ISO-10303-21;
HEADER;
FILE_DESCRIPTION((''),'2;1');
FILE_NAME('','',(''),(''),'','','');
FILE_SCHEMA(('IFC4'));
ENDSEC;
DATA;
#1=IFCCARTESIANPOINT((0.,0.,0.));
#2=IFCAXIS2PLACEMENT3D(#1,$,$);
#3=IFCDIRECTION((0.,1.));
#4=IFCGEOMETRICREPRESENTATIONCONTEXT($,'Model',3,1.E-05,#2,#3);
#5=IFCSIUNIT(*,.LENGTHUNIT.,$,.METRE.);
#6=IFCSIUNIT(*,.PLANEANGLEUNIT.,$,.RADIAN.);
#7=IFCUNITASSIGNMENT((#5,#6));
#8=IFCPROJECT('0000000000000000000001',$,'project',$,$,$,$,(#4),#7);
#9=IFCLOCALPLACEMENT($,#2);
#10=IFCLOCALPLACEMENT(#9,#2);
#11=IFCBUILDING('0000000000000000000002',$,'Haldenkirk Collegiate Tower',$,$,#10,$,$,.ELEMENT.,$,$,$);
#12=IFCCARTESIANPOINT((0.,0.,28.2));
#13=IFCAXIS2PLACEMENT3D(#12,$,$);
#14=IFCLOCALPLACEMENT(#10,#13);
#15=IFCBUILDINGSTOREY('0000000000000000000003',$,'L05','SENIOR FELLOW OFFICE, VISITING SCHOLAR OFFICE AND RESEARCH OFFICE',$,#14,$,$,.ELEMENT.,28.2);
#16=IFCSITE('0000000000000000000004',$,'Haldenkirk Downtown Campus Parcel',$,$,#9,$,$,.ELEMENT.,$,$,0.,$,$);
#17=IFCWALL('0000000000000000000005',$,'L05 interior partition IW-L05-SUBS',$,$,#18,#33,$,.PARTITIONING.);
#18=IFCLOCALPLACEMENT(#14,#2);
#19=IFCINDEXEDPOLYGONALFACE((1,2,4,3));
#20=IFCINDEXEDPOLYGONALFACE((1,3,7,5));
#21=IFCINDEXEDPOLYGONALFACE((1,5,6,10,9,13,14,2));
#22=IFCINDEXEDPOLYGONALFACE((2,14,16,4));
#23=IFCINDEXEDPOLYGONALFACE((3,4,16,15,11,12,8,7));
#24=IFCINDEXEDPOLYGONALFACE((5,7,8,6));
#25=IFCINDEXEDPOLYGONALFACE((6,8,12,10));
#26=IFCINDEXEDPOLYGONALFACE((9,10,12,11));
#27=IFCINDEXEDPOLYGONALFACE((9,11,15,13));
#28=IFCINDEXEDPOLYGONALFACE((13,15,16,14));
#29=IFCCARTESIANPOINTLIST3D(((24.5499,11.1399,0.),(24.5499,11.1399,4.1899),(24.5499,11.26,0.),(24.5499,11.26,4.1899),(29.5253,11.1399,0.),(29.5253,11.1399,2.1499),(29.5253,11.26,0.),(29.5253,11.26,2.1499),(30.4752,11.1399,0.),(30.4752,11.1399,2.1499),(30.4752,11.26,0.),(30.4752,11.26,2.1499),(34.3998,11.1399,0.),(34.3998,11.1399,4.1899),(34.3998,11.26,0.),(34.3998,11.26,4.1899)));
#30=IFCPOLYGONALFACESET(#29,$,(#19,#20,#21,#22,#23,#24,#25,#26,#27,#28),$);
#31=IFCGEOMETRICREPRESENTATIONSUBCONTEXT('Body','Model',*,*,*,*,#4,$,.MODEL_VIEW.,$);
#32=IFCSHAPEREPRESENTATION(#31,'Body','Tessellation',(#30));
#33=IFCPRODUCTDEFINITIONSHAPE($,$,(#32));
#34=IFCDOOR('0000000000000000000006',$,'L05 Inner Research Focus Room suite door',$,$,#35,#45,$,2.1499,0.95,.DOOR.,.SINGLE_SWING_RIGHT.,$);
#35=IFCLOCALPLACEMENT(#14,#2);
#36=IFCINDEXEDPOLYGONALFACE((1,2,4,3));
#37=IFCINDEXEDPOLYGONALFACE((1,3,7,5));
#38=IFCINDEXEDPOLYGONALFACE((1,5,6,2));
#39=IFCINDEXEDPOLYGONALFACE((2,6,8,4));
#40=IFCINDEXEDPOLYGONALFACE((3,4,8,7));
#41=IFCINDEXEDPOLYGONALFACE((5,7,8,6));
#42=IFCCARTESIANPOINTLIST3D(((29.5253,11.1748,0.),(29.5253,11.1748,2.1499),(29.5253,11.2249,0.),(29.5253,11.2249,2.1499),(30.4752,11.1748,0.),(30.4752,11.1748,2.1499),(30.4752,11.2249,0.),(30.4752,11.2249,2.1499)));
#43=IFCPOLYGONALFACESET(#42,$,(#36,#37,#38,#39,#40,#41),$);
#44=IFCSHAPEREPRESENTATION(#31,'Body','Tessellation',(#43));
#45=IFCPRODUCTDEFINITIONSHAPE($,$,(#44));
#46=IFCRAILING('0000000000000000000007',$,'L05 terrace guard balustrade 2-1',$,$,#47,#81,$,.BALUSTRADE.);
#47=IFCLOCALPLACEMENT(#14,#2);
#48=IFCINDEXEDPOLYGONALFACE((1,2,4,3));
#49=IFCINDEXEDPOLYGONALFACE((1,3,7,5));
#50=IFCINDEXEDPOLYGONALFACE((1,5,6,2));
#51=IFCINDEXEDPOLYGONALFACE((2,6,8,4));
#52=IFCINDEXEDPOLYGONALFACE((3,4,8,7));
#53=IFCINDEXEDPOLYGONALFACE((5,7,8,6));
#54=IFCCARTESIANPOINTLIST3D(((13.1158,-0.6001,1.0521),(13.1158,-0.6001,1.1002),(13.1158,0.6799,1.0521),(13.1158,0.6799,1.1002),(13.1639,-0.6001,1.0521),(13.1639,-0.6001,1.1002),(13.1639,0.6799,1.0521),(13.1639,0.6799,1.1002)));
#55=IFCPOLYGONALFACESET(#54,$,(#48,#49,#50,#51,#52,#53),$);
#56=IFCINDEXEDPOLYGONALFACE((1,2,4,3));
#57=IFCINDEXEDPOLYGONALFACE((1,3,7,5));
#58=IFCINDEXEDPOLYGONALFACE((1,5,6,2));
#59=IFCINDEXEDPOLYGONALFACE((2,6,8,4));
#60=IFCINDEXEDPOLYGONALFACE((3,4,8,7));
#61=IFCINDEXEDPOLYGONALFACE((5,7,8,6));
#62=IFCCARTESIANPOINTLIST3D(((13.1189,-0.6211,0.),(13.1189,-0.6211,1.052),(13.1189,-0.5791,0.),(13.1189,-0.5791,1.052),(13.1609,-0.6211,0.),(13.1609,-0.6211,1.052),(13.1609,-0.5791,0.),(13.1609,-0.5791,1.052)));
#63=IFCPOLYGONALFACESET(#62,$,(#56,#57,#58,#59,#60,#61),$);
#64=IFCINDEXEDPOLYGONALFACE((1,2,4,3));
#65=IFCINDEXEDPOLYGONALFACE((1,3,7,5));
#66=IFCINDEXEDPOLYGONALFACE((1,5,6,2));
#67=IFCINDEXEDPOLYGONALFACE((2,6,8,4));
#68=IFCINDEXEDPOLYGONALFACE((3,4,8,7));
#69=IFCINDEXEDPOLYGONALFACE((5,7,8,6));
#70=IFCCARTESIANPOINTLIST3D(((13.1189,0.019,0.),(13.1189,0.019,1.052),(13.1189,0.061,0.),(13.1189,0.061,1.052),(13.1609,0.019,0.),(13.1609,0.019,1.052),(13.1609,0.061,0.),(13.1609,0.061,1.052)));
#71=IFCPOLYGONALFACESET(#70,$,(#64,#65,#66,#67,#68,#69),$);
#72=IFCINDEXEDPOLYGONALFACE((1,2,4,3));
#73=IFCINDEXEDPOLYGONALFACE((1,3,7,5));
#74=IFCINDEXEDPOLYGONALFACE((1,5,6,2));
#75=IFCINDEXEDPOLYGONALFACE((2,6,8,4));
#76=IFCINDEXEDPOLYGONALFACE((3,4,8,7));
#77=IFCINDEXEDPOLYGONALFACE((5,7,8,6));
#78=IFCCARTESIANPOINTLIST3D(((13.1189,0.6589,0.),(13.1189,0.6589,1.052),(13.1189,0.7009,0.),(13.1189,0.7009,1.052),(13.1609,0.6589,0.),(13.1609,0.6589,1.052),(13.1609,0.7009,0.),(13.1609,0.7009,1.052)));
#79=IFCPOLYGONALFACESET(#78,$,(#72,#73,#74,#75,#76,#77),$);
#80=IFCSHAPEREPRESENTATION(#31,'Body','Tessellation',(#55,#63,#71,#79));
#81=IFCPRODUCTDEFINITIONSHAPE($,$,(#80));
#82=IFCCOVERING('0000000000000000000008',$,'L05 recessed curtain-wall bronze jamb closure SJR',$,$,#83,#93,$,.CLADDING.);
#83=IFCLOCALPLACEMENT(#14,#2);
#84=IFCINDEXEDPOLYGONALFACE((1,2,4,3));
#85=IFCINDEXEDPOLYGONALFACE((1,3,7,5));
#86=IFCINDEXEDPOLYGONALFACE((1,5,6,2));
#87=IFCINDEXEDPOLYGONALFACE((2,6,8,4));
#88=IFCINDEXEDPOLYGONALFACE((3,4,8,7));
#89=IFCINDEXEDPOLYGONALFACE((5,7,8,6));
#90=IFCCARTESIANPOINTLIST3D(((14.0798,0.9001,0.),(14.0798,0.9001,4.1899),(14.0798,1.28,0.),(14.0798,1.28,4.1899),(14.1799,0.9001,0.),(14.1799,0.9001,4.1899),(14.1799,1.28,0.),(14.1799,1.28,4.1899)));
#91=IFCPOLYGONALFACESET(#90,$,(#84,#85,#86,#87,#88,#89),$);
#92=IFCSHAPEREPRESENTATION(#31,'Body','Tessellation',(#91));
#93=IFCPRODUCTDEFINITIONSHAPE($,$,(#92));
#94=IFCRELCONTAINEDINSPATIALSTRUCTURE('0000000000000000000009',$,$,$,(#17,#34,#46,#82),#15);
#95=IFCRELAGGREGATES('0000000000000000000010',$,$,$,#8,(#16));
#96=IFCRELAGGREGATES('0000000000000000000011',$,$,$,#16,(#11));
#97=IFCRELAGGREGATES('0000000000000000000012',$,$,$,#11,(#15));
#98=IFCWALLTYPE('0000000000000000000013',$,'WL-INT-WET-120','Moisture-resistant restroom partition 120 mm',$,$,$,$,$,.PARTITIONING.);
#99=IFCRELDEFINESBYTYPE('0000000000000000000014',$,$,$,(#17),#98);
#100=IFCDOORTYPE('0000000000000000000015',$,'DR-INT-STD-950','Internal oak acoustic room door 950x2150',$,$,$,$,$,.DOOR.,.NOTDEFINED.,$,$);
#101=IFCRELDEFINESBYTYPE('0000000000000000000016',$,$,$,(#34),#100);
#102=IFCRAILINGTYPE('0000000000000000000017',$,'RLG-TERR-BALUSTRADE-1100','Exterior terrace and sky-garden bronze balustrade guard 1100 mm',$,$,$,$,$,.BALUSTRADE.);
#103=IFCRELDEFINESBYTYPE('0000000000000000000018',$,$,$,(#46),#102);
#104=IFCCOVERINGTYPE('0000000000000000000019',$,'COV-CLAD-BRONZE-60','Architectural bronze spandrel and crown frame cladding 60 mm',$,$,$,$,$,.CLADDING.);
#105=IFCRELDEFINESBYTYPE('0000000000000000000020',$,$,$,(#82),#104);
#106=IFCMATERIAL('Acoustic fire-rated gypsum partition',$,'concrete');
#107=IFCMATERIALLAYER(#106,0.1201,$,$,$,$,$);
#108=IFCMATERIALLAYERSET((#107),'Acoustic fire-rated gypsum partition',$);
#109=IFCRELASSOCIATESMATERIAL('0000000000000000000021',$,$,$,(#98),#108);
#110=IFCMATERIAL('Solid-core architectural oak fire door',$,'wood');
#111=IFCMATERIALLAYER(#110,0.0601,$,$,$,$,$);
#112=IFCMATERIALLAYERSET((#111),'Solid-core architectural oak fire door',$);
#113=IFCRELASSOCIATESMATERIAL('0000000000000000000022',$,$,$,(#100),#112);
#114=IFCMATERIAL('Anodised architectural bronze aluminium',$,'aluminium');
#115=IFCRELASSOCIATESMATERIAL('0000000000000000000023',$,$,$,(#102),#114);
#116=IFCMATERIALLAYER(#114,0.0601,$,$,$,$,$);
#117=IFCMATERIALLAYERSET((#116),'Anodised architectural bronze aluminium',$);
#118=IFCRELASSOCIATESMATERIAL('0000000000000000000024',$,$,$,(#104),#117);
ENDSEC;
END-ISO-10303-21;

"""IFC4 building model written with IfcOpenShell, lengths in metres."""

from ifc_helpers import new_model, si_unit, direction, frame, frame_2d, origin, origin_2d, place, context, subcontext, project, spatial, rectangle, extrude, source, transform, mapped, material, layer, layer_set, type_object, element, fill, save


model = new_model("IFC4")

# Units and contexts
model_context = context("Model", 3, precision=1e-05, world=origin(), true_north=direction((0.0, 1.0)))
body_context = subcontext(model_context, "Body", "Model", "MODEL_VIEW")
ifc_project = project(units=[si_unit("LENGTHUNIT", "METRE"), si_unit("PLANEANGLEUNIT", "RADIAN")], contexts=[model_context])

# Site, building, storey
site_placement = place(None, origin())
site = spatial("IfcSite", under=ifc_project, at=site_placement, Name="Haldenkirk Downtown Campus Parcel", CompositionType="ELEMENT", RefElevation=0.0)
building_placement = place(site_placement, origin())
building = spatial("IfcBuilding", under=site, at=building_placement, Name="Haldenkirk Collegiate Tower", CompositionType="ELEMENT")
storey_placement = place(building_placement, frame((0.0, 0.0, 28.2)))
storey = spatial("IfcBuildingStorey", under=building, at=storey_placement, Name="L05", Description="SENIOR FELLOW OFFICE, VISITING SCHOLAR OFFICE AND RESEARCH OFFICE", CompositionType="ELEMENT", Elevation=28.2)

# Shared definitions
ifc_material_1 = material(Name="Anodised architectural bronze aluminium", Category="aluminium")

# Shared definitions
ifc_material_2 = material(Name="Acoustic fire-rated gypsum partition", Category="concrete")
ifc_material_3 = material(Name="Solid-core architectural oak fire door", Category="wood")

# Shared definitions
ifc_layer_1 = layer(ifc_material_2, 0.1201)
ifc_layer_set_1 = layer_set([ifc_layer_1], Name="Acoustic fire-rated gypsum partition")
wall_type_1 = type_object("IfcWallType", Name="WL-INT-WET-120", Description="Moisture-resistant restroom partition 120 mm", PredefinedType="PARTITIONING", material=ifc_layer_set_1)

# Wall, opening, door
wall_1_placement = place(storey_placement, frame((24.55, 11.2, 0.0), z_axis=(0.0, 0.0, 1.0), x_axis=(1.0, 0.0, 0.0)))
wall_1 = element("IfcWall", 1, at=wall_1_placement, inside=storey, type_object=wall_type_1, Name="L05 interior partition IW-L05-SUBS", PredefinedType="PARTITIONING", context=body_context, shape_type="SweptSolid", body=[
    extrude(rectangle(XDim=9.8499, YDim=0.1201, at=frame_2d((4.9248, 0.0))), origin(), (0.0, 0.0, 1.0), 4.1899),
])
opening_1_placement = place(wall_1_placement, frame((4.9751, 0.0, 0.0)))
opening_1 = element("IfcOpeningElement", 2, at=opening_1_placement, cuts=wall_1, PredefinedType="OPENING", context=body_context, shape_type="SweptSolid", body=[
    extrude(rectangle(XDim=0.95, YDim=2.1499, at=frame_2d((0.4751, 1.075))), frame((0.0, 0.0701, 0.0), z_axis=(0.0, -1.0, 0.0), x_axis=(1.0, 0.0, 0.0)), (0.0, 0.0, 1.0), 0.1401),
])
ifc_layer_2 = layer(ifc_material_3, 0.0601)
ifc_layer_set_2 = layer_set([ifc_layer_2], Name="Solid-core architectural oak fire door")
door_type_1 = type_object("IfcDoorType", Name="DR-INT-STD-950", Description="Internal oak acoustic room door 950x2150", OperationType="NOTDEFINED", PredefinedType="DOOR", material=ifc_layer_set_2)
door_1_placement = place(opening_1_placement, origin())
door_1 = element("IfcDoor", 3, at=door_1_placement, inside=storey, type_object=door_type_1, Name="L05 Inner Research Focus Room suite door", OperationType="SINGLE_SWING_RIGHT", OverallHeight=2.1499, OverallWidth=0.95, PredefinedType="DOOR", context=body_context, shape_type="SweptSolid", body=[
    extrude(rectangle(XDim=0.95, YDim=2.1499, at=frame_2d((0.4751, 1.075))), frame((0.0, 0.0249, 0.0), z_axis=(0.0, -1.0, 0.0), x_axis=(1.0, 0.0, 0.0)), (0.0, 0.0, 1.0), 0.05),
])
fill(opening_1, door_1)

# Railing
railing_type = type_object("IfcRailingType", Name="RLG-TERR-BALUSTRADE-1100", Description="Exterior terrace and sky-garden bronze balustrade guard 1100 mm", PredefinedType="BALUSTRADE", material=ifc_material_1)
railing_placement = place(storey_placement, frame((13.1399, -0.6001, 0.0)))
element("IfcRailing", 4, at=railing_placement, inside=storey, type_object=railing_type, Name="L05 terrace guard balustrade 2-1", PredefinedType="BALUSTRADE", context=body_context, shape_type="SweptSolid", body=[
    extrude(rectangle(XDim=0.0481, YDim=0.0481, at=origin_2d()), frame((0.0, 0.0, 1.0762), z_axis=(0.0, 1.0, 0.0), x_axis=(-1.0, 0.0, 0.0)), (0.0, 0.0, 1.0), 1.28),
    extrude(rectangle(XDim=0.042, YDim=0.042, at=origin_2d()), origin(), (0.0, 0.0, 1.0), 1.052),
    extrude(rectangle(XDim=0.042, YDim=0.042, at=origin_2d()), frame((0.0, 0.6401, 0.0)), (0.0, 0.0, 1.0), 1.052),
    extrude(rectangle(XDim=0.042, YDim=0.042, at=origin_2d()), frame((0.0, 1.28, 0.0)), (0.0, 0.0, 1.0), 1.052),
])

# Covering
ifc_layer_3 = layer(ifc_material_1, 0.0601)
ifc_layer_set_3 = layer_set([ifc_layer_3], Name="Anodised architectural bronze aluminium")
covering_type = type_object("IfcCoveringType", Name="COV-CLAD-BRONZE-60", Description="Architectural bronze spandrel and crown frame cladding 60 mm", PredefinedType="CLADDING", material=ifc_layer_set_3)
shared_shape_1 = source(origin(), body_context, "Body", "SweptSolid", [
    extrude(rectangle(XDim=0.1001, YDim=0.3799, at=origin_2d()), origin(), (0.0, 0.0, 1.0), 4.1899),
])
covering_placement = place(storey_placement, frame((14.1299, 1.0901, 0.0), z_axis=(0.0, 0.0, 1.0), x_axis=(-1.0, 0.0, 0.0)))
element("IfcCovering", 5, at=covering_placement, inside=storey, type_object=covering_type, Name="L05 recessed curtain-wall bronze jamb closure SJR", PredefinedType="CLADDING", context=body_context, shape_type="MappedRepresentation", body=[
    mapped(shared_shape_1, transform((0.0, 0.0, 0.0), x_axis=(1.0, 0.0, 0.0), y_axis=(0.0, 1.0, 0.0), z_axis=(0.0, 0.0, 1.0), scale=1.0)),
])

save(model, "model.ifc")
